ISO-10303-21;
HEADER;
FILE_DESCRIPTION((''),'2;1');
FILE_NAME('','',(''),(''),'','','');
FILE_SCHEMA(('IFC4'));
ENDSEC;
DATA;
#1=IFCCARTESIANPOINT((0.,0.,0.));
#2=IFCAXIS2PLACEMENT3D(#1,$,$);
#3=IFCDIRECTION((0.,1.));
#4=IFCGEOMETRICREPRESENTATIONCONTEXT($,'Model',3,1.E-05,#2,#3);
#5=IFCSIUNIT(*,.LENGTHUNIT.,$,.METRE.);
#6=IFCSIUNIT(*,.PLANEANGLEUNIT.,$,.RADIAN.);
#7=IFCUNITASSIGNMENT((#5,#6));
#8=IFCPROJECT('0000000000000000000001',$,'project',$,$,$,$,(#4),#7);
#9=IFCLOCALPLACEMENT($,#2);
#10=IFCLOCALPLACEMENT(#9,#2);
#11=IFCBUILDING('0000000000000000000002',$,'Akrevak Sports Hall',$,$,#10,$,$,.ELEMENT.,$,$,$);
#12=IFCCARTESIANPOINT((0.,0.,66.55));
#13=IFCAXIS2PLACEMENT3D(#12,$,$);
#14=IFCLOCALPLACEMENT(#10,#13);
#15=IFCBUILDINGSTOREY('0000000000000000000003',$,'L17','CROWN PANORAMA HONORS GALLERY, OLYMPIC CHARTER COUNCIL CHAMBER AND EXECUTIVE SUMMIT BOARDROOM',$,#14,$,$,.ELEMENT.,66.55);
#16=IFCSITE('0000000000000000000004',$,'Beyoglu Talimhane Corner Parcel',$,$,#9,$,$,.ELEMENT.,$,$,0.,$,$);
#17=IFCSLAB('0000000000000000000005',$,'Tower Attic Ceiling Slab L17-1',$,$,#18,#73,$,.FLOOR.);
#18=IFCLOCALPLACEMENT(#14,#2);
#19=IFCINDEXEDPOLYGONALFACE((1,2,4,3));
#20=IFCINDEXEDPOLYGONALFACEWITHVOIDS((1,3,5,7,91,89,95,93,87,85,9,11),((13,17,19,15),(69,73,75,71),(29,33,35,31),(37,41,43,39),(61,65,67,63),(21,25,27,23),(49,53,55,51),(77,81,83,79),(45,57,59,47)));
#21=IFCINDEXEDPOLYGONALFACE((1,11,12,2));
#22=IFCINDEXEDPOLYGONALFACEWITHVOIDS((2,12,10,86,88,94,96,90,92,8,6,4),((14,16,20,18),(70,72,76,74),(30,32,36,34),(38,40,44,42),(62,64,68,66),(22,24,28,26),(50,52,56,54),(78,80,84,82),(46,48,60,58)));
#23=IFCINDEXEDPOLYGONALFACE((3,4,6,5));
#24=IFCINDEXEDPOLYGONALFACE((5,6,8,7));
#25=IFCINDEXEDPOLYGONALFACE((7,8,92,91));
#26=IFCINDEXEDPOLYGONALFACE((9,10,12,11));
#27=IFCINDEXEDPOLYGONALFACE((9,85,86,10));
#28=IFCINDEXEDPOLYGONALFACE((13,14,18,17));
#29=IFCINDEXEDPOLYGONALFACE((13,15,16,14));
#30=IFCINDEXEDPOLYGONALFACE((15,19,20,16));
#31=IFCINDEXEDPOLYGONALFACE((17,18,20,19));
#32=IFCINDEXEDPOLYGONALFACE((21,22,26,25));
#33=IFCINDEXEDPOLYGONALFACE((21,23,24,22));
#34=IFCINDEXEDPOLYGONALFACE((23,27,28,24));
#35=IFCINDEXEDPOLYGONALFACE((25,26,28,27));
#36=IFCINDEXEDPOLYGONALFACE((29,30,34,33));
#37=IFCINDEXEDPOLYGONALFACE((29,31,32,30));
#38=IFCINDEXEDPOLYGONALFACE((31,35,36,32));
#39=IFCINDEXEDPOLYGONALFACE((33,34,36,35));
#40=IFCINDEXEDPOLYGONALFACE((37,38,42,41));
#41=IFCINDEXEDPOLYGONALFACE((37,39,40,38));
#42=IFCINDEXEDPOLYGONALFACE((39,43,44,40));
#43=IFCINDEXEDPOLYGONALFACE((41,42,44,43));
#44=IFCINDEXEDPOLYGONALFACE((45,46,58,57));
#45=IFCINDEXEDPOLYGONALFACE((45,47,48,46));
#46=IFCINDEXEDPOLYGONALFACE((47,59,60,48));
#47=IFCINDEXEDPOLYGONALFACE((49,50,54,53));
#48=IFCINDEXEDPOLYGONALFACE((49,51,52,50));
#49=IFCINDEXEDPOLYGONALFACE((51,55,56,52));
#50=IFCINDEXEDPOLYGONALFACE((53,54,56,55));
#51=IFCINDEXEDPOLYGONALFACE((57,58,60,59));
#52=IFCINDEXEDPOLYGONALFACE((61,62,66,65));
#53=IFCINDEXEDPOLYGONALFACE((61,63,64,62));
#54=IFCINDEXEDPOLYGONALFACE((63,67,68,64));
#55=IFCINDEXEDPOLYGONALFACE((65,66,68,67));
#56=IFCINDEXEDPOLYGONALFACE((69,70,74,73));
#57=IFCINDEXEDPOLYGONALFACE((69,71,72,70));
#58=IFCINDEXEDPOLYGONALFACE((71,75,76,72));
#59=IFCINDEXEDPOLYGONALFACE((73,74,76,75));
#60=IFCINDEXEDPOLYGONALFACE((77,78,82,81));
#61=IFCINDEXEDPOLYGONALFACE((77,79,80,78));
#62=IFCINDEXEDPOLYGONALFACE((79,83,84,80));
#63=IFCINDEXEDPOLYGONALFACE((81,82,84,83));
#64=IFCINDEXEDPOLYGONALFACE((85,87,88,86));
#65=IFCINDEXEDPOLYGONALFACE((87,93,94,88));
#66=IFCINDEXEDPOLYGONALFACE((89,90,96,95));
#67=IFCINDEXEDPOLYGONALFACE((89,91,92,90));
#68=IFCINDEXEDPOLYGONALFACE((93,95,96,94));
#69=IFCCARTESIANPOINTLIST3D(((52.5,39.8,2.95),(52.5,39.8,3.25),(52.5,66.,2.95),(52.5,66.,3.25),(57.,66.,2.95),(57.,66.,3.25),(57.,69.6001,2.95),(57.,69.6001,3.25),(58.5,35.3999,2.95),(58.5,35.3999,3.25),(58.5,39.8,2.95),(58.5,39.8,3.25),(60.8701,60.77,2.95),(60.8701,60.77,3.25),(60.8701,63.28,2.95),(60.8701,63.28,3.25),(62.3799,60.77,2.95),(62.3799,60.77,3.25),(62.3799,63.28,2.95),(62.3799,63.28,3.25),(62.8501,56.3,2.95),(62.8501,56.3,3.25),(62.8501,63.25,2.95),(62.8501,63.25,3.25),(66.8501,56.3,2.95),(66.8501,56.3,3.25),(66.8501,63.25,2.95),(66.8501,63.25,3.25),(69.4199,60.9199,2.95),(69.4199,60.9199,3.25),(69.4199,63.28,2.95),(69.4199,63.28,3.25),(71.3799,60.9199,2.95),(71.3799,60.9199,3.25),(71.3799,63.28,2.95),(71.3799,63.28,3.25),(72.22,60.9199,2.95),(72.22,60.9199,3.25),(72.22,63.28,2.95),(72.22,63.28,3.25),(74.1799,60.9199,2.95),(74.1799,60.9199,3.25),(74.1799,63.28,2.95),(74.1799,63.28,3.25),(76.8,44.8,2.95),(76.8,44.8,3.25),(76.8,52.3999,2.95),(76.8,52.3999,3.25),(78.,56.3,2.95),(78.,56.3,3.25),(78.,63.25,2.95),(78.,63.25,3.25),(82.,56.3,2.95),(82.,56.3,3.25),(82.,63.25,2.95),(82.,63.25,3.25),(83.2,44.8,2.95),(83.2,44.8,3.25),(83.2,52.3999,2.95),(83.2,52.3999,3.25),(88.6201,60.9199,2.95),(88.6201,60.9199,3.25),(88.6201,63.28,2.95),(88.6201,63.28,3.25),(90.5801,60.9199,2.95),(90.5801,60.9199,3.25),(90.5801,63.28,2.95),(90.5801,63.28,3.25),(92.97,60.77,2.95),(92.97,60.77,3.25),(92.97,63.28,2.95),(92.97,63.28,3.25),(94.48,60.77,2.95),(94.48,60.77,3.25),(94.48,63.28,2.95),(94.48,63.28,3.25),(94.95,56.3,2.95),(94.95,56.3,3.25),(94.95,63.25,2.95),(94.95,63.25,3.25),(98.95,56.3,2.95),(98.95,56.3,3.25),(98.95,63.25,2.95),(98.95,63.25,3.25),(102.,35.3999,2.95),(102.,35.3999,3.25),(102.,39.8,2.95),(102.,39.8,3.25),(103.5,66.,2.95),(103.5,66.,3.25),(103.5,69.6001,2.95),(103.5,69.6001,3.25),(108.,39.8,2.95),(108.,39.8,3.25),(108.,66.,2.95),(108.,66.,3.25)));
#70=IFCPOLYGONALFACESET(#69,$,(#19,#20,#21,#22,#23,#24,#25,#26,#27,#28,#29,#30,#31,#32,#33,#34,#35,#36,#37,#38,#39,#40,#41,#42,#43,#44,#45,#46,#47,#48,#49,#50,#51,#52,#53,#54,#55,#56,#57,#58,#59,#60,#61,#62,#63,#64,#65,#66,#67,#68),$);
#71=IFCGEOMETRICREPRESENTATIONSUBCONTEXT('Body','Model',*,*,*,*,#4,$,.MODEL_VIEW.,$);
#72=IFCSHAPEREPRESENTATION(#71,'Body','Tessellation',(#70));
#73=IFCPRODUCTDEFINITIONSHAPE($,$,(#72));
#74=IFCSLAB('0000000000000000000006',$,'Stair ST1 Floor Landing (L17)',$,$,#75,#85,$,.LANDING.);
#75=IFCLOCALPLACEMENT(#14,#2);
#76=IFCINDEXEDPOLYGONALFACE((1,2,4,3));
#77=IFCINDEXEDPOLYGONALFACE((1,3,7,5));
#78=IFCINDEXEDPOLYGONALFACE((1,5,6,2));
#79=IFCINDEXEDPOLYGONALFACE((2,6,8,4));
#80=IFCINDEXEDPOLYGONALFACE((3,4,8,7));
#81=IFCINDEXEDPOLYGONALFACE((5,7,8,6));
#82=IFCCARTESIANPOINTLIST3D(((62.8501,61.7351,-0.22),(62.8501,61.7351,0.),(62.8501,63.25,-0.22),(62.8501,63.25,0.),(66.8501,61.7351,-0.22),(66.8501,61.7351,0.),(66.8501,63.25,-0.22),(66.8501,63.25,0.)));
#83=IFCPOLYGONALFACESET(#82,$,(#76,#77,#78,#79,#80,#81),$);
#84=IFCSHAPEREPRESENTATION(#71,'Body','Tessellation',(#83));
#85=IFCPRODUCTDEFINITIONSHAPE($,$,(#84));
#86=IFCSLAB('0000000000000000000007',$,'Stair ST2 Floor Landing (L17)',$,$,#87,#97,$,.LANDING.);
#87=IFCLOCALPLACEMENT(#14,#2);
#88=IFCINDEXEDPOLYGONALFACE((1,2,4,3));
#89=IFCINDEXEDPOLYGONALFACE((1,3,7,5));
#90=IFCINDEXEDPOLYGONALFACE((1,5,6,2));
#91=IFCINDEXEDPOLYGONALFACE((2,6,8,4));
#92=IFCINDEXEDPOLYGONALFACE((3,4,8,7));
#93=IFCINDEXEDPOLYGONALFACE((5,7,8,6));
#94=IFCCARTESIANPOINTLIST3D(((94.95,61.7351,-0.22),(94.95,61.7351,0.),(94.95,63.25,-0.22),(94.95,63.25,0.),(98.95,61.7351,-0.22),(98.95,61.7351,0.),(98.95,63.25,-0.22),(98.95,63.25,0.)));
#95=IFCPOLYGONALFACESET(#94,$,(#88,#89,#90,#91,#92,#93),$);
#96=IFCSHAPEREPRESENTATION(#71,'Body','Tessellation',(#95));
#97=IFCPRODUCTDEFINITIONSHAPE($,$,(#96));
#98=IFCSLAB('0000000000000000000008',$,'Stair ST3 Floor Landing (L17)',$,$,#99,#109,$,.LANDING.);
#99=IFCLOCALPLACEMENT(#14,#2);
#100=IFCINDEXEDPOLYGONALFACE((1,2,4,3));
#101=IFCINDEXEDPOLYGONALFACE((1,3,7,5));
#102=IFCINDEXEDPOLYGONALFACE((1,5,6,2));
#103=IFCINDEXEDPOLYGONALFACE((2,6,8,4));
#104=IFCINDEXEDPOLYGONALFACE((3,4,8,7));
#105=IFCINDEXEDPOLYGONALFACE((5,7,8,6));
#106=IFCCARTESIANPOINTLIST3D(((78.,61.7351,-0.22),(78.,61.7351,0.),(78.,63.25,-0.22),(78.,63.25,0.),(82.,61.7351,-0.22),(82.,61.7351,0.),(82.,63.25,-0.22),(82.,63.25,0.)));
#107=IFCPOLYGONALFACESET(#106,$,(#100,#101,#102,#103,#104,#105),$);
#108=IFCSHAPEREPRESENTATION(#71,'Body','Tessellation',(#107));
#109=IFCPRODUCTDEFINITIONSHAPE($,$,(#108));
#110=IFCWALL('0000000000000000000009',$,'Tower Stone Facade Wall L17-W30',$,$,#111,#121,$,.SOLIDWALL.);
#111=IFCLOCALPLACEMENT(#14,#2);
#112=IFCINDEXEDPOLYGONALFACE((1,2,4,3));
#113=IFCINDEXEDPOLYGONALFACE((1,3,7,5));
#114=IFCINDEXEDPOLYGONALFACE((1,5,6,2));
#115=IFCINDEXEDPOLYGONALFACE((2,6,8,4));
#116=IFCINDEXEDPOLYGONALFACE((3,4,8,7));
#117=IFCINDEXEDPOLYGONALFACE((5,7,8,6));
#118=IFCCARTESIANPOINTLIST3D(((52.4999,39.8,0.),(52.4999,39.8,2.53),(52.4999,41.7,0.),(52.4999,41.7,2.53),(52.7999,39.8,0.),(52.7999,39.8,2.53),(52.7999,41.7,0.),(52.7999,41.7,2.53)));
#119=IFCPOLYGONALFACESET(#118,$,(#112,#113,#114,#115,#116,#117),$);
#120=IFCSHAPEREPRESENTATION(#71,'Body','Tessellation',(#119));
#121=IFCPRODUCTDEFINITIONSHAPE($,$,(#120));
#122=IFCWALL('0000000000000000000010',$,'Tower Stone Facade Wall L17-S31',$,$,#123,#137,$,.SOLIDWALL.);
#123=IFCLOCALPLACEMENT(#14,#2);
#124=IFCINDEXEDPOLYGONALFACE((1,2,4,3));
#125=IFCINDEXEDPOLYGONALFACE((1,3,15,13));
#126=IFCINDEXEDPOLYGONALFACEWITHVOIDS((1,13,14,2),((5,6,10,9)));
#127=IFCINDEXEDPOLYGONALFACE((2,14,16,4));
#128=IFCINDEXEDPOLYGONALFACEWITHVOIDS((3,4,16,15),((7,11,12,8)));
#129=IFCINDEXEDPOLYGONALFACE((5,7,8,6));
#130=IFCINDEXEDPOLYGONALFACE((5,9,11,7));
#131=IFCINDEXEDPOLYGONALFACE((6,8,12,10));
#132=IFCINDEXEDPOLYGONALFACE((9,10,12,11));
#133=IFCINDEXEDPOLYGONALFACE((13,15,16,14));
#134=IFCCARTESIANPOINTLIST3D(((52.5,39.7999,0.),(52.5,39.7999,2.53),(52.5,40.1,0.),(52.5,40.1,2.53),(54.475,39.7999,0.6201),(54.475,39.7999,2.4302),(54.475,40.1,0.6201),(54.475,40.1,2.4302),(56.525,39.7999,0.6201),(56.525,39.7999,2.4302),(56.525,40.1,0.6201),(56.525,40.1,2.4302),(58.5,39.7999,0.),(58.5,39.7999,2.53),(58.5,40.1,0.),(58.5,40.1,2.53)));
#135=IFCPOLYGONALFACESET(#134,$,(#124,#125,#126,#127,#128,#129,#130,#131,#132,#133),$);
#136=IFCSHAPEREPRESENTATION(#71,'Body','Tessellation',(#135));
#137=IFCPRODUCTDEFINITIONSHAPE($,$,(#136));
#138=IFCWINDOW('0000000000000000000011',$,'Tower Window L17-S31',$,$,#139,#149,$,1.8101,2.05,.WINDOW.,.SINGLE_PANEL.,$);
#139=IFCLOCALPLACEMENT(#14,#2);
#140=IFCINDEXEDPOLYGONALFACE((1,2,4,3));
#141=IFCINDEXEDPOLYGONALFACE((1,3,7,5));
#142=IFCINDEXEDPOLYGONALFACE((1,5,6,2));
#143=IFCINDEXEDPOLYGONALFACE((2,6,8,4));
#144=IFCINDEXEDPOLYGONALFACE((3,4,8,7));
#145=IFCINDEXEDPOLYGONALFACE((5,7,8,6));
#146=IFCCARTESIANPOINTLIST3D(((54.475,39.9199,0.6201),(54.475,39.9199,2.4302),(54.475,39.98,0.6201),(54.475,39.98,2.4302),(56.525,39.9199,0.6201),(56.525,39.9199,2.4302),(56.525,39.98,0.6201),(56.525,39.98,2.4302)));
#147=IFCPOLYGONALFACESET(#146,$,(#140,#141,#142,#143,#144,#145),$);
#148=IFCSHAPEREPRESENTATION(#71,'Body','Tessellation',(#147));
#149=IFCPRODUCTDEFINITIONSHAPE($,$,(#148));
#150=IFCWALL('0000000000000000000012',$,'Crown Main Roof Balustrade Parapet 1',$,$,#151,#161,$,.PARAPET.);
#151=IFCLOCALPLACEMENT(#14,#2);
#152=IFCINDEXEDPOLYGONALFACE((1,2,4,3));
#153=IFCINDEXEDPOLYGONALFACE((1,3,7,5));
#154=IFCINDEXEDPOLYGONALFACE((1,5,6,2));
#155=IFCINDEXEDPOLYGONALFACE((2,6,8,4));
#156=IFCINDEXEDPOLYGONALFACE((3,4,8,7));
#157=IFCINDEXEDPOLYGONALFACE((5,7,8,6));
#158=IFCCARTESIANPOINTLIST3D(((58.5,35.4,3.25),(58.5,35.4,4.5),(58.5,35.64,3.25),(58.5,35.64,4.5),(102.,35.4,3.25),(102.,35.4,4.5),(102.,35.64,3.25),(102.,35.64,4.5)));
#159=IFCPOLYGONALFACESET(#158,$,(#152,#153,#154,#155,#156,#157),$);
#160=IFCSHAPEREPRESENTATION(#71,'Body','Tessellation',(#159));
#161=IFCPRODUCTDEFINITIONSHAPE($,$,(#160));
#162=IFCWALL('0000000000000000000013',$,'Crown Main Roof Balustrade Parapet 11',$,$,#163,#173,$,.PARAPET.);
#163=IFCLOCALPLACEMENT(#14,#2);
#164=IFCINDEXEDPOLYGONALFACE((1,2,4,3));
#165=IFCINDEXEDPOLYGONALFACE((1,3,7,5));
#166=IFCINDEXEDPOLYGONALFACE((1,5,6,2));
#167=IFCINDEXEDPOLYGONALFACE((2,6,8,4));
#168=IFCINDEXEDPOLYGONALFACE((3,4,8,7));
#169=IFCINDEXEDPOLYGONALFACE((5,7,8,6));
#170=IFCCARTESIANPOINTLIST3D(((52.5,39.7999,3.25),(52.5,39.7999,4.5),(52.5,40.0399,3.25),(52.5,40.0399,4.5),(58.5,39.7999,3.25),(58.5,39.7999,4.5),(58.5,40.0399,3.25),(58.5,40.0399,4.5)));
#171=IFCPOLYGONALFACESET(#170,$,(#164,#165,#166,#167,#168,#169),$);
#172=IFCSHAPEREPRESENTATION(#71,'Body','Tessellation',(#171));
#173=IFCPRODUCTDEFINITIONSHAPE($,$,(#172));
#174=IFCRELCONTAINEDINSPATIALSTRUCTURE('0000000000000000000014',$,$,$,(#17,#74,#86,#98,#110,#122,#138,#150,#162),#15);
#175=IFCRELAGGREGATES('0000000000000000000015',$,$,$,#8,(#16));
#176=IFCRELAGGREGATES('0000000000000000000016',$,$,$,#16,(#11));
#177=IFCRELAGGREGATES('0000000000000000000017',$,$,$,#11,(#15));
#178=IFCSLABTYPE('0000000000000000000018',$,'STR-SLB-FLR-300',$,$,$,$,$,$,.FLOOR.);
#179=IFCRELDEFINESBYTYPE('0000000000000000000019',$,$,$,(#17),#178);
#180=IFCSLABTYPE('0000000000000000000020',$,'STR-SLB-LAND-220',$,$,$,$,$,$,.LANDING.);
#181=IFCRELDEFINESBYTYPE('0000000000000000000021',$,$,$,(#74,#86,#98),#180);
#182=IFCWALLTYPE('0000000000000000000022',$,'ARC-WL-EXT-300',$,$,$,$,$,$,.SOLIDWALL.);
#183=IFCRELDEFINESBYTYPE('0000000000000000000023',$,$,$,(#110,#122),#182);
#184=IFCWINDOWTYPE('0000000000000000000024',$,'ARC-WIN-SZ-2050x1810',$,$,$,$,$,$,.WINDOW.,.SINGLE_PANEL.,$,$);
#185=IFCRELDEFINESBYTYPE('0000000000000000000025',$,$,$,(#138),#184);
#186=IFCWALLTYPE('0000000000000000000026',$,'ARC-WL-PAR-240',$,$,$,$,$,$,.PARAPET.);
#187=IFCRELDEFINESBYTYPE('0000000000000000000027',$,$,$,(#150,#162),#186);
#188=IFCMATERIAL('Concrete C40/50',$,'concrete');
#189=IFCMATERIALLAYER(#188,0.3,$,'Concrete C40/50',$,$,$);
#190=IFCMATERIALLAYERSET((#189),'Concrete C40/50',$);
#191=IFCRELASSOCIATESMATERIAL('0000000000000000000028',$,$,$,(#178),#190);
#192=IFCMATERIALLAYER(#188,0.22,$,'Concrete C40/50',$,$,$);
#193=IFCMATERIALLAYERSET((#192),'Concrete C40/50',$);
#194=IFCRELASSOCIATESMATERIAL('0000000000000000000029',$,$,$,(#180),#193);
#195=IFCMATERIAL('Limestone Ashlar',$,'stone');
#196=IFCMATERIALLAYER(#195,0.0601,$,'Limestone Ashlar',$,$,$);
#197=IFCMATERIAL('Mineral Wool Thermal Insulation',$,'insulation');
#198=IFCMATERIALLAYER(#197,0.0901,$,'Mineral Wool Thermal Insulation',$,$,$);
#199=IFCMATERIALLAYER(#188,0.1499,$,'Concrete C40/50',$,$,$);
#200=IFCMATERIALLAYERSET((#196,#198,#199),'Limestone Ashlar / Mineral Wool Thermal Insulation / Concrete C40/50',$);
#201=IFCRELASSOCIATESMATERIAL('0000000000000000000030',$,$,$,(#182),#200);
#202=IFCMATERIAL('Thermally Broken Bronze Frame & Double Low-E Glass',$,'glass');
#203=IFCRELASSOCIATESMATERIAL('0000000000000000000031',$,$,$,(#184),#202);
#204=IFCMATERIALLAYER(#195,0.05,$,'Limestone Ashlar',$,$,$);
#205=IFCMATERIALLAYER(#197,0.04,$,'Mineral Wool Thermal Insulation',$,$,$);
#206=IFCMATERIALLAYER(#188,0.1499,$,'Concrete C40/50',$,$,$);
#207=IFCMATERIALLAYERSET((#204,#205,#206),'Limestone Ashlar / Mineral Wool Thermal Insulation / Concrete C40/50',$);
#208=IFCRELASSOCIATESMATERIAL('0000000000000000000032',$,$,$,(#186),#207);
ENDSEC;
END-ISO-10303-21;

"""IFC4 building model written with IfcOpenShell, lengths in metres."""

from ifc_helpers import new_model, si_unit, direction, frame, frame_2d, origin, place, context, subcontext, project, spatial, polyline, rectangle, outline, extrude, material, layer, layer_set, type_object, element, fill, save


model = new_model("IFC4")

# Units and contexts
model_context = context("Model", 3, precision=1e-05, world=origin(), true_north=direction((0.0, 1.0)))
body_context = subcontext(model_context, "Body", "Model", "MODEL_VIEW")
ifc_project = project(units=[si_unit("LENGTHUNIT", "METRE"), si_unit("PLANEANGLEUNIT", "RADIAN")], contexts=[model_context])

# Site, building, storey
site_placement = place(None, origin())
site = spatial("IfcSite", under=ifc_project, at=site_placement, Name="Beyoglu Talimhane Corner Parcel", CompositionType="ELEMENT", RefElevation=0.0)
building_placement = place(site_placement, origin())
building = spatial("IfcBuilding", under=site, at=building_placement, Name="Akrevak Sports Hall", CompositionType="ELEMENT")
storey_placement = place(building_placement, frame((0.0, 0.0, 66.55)))
storey = spatial("IfcBuildingStorey", under=building, at=storey_placement, Name="L17", Description="CROWN PANORAMA HONORS GALLERY, OLYMPIC CHARTER COUNCIL CHAMBER AND EXECUTIVE SUMMIT BOARDROOM", CompositionType="ELEMENT", Elevation=66.55)

# Shared definitions
ifc_material_1 = material(Name="Concrete C40/50", Category="concrete")

# Slabs
ifc_layer_1 = layer(ifc_material_1, 0.3, Name="Concrete C40/50")
ifc_layer_set_1 = layer_set([ifc_layer_1], Name="Concrete C40/50")
slab_type_1 = type_object("IfcSlabType", Name="STR-SLB-FLR-300", PredefinedType="FLOOR", material=ifc_layer_set_1)
slab_1_placement = place(storey_placement, frame((0.0, 0.0, 2.95)))
element("IfcSlab", 1, at=slab_1_placement, inside=storey, type_object=slab_type_1, Name="Tower Attic Ceiling Slab L17-1", PredefinedType="FLOOR", context=body_context, shape_type="SweptSolid", body=[
    extrude(outline(polyline([(58.5, 39.8), (58.5, 35.3999), (102.0, 35.3999), (102.0, 39.8), (108.0, 39.8), (108.0, 66.0), (103.5, 66.0), (103.5, 69.6001), (57.0, 69.6001), (57.0, 66.0), (52.5, 66.0), (52.5, 39.8), (58.5, 39.8)]), holes=[polyline([(83.2, 52.3999), (83.2, 44.8), (76.8, 44.8), (76.8, 52.3999), (83.2, 52.3999)]), polyline([(66.8501, 63.25), (66.8501, 56.3), (62.8501, 56.3), (62.8501, 63.25), (66.8501, 63.25)]), polyline([(82.0, 63.25), (82.0, 56.3), (78.0, 56.3), (78.0, 63.25), (82.0, 63.25)]), polyline([(98.95, 63.25), (98.95, 56.3), (94.95, 56.3), (94.95, 63.25), (98.95, 63.25)]), polyline([(62.3799, 63.28), (62.3799, 60.77), (60.8701, 60.77), (60.8701, 63.28), (62.3799, 63.28)]), polyline([(94.48, 63.28), (94.48, 60.77), (92.97, 60.77), (92.97, 63.28), (94.48, 63.28)]), polyline([(71.3799, 63.28), (71.3799, 60.9199), (69.4199, 60.9199), (69.4199, 63.28), (71.3799, 63.28)]), polyline([(74.1799, 63.28), (74.1799, 60.9199), (72.22, 60.9199), (72.22, 63.28), (74.1799, 63.28)]), polyline([(90.5801, 63.28), (90.5801, 60.9199), (88.6201, 60.9199), (88.6201, 63.28), (90.5801, 63.28)])]), origin(), (0.0, 0.0, 1.0), 0.3),
])
ifc_layer_2 = layer(ifc_material_1, 0.22, Name="Concrete C40/50")
ifc_layer_set_2 = layer_set([ifc_layer_2], Name="Concrete C40/50")
slab_type_2 = type_object("IfcSlabType", Name="STR-SLB-LAND-220", PredefinedType="LANDING", material=ifc_layer_set_2)
slab_2_placement = place(storey_placement, frame((0.0, 0.0, -0.22)))
element("IfcSlab", 2, at=slab_2_placement, inside=storey, type_object=slab_type_2, Name="Stair ST1 Floor Landing (L17)", PredefinedType="LANDING", context=body_context, shape_type="SweptSolid", body=[
    extrude(outline(polyline([(62.8501, 61.7351), (66.8501, 61.7351), (66.8501, 63.25), (62.8501, 63.25), (62.8501, 61.7351)])), origin(), (0.0, 0.0, 1.0), 0.22),
])
slab_3_placement = place(storey_placement, frame((0.0, 0.0, -0.22)))
element("IfcSlab", 3, at=slab_3_placement, inside=storey, type_object=slab_type_2, Name="Stair ST2 Floor Landing (L17)", PredefinedType="LANDING", context=body_context, shape_type="SweptSolid", body=[
    extrude(outline(polyline([(94.95, 61.7351), (98.95, 61.7351), (98.95, 63.25), (94.95, 63.25), (94.95, 61.7351)])), origin(), (0.0, 0.0, 1.0), 0.22),
])
slab_4_placement = place(storey_placement, frame((0.0, 0.0, -0.22)))
element("IfcSlab", 4, at=slab_4_placement, inside=storey, type_object=slab_type_2, Name="Stair ST3 Floor Landing (L17)", PredefinedType="LANDING", context=body_context, shape_type="SweptSolid", body=[
    extrude(outline(polyline([(78.0, 61.7351), (82.0, 61.7351), (82.0, 63.25), (78.0, 63.25), (78.0, 61.7351)])), origin(), (0.0, 0.0, 1.0), 0.22),
])

# Wall
ifc_material_2 = material(Name="Limestone Ashlar", Category="stone")
ifc_layer_3 = layer(ifc_material_2, 0.0601, Name="Limestone Ashlar")
ifc_material_3 = material(Name="Mineral Wool Thermal Insulation", Category="insulation")
ifc_layer_4 = layer(ifc_material_3, 0.0901, Name="Mineral Wool Thermal Insulation")
ifc_layer_5 = layer(ifc_material_1, 0.1499, Name="Concrete C40/50")
ifc_layer_set_3 = layer_set([ifc_layer_3, ifc_layer_4, ifc_layer_5], Name="Limestone Ashlar / Mineral Wool Thermal Insulation / Concrete C40/50")
wall_type_1 = type_object("IfcWallType", Name="ARC-WL-EXT-300", PredefinedType="SOLIDWALL", material=ifc_layer_set_3)
wall_1_placement = place(storey_placement, frame((52.6499, 41.7, 0.0), z_axis=(0.0, 0.0, 1.0), x_axis=(0.0, -1.0, 0.0)))
element("IfcWall", 5, at=wall_1_placement, inside=storey, type_object=wall_type_1, Name="Tower Stone Facade Wall L17-W30", PredefinedType="SOLIDWALL", context=body_context, shape_type="SweptSolid", body=[
    extrude(rectangle(XDim=1.8999, YDim=0.3, at=frame_2d((0.95, 0.0))), origin(), (0.0, 0.0, 1.0), 2.53),
])

# Wall, opening, window
wall_2_placement = place(storey_placement, frame((52.5, 39.95, 0.0), z_axis=(0.0, 0.0, 1.0), x_axis=(1.0, 0.0, 0.0)))
wall_2 = element("IfcWall", 6, at=wall_2_placement, inside=storey, type_object=wall_type_1, Name="Tower Stone Facade Wall L17-S31", PredefinedType="SOLIDWALL", context=body_context, shape_type="SweptSolid", body=[
    extrude(rectangle(XDim=6.0, YDim=0.3, at=frame_2d((3.0, 0.0))), origin(), (0.0, 0.0, 1.0), 2.53),
])
opening_placement = place(wall_2_placement, frame((1.9751, 0.0, 0.6201)))
opening = element("IfcOpeningElement", 7, at=opening_placement, cuts=wall_2, PredefinedType="OPENING", context=body_context, shape_type="SweptSolid", body=[
    extrude(rectangle(XDim=2.05, YDim=1.8101, at=frame_2d((1.0249, 0.905))), frame((0.0, 0.1621, 0.0), z_axis=(0.0, -1.0, 0.0), x_axis=(1.0, 0.0, 0.0)), (0.0, 0.0, 1.0), 0.324),
])
ifc_material_4 = material(Name="Thermally Broken Bronze Frame & Double Low-E Glass", Category="glass")
window_type = type_object("IfcWindowType", Name="ARC-WIN-SZ-2050x1810", PartitioningType="SINGLE_PANEL", PredefinedType="WINDOW", material=ifc_material_4)
window_placement = place(opening_placement, origin())
window = element("IfcWindow", 8, at=window_placement, inside=storey, type_object=window_type, Name="Tower Window L17-S31", OverallHeight=1.8101, OverallWidth=2.05, PartitioningType="SINGLE_PANEL", PredefinedType="WINDOW", context=body_context, shape_type="SweptSolid", body=[
    extrude(rectangle(XDim=2.05, YDim=1.8101, at=frame_2d((1.0249, 0.905))), frame((0.0, 0.03, 0.0), z_axis=(0.0, -1.0, 0.0), x_axis=(1.0, 0.0, 0.0)), (0.0, 0.0, 1.0), 0.0601),
])
fill(opening, window)

# Walls
ifc_layer_6 = layer(ifc_material_2, 0.05, Name="Limestone Ashlar")
ifc_layer_7 = layer(ifc_material_3, 0.04, Name="Mineral Wool Thermal Insulation")
ifc_layer_8 = layer(ifc_material_1, 0.1499, Name="Concrete C40/50")
ifc_layer_set_4 = layer_set([ifc_layer_6, ifc_layer_7, ifc_layer_8], Name="Limestone Ashlar / Mineral Wool Thermal Insulation / Concrete C40/50")
wall_type_2 = type_object("IfcWallType", Name="ARC-WL-PAR-240", PredefinedType="PARAPET", material=ifc_layer_set_4)
wall_3_placement = place(storey_placement, frame((58.5, 35.52, 3.25), z_axis=(0.0, 0.0, 1.0), x_axis=(1.0, 0.0, 0.0)))
element("IfcWall", 9, at=wall_3_placement, inside=storey, type_object=wall_type_2, Name="Crown Main Roof Balustrade Parapet 1", PredefinedType="PARAPET", context=body_context, shape_type="SweptSolid", body=[
    extrude(rectangle(XDim=43.5, YDim=0.24, at=frame_2d((21.75, 0.0))), origin(), (0.0, 0.0, 1.0), 1.25),
])
wall_4_placement = place(storey_placement, frame((52.5, 39.9199, 3.25), z_axis=(0.0, 0.0, 1.0), x_axis=(1.0, 0.0, 0.0)))
element("IfcWall", 10, at=wall_4_placement, inside=storey, type_object=wall_type_2, Name="Crown Main Roof Balustrade Parapet 11", PredefinedType="PARAPET", context=body_context, shape_type="SweptSolid", body=[
    extrude(rectangle(XDim=6.0, YDim=0.24, at=frame_2d((3.0, 0.0))), origin(), (0.0, 0.0, 1.0), 1.25),
])

save(model, "model.ifc")
